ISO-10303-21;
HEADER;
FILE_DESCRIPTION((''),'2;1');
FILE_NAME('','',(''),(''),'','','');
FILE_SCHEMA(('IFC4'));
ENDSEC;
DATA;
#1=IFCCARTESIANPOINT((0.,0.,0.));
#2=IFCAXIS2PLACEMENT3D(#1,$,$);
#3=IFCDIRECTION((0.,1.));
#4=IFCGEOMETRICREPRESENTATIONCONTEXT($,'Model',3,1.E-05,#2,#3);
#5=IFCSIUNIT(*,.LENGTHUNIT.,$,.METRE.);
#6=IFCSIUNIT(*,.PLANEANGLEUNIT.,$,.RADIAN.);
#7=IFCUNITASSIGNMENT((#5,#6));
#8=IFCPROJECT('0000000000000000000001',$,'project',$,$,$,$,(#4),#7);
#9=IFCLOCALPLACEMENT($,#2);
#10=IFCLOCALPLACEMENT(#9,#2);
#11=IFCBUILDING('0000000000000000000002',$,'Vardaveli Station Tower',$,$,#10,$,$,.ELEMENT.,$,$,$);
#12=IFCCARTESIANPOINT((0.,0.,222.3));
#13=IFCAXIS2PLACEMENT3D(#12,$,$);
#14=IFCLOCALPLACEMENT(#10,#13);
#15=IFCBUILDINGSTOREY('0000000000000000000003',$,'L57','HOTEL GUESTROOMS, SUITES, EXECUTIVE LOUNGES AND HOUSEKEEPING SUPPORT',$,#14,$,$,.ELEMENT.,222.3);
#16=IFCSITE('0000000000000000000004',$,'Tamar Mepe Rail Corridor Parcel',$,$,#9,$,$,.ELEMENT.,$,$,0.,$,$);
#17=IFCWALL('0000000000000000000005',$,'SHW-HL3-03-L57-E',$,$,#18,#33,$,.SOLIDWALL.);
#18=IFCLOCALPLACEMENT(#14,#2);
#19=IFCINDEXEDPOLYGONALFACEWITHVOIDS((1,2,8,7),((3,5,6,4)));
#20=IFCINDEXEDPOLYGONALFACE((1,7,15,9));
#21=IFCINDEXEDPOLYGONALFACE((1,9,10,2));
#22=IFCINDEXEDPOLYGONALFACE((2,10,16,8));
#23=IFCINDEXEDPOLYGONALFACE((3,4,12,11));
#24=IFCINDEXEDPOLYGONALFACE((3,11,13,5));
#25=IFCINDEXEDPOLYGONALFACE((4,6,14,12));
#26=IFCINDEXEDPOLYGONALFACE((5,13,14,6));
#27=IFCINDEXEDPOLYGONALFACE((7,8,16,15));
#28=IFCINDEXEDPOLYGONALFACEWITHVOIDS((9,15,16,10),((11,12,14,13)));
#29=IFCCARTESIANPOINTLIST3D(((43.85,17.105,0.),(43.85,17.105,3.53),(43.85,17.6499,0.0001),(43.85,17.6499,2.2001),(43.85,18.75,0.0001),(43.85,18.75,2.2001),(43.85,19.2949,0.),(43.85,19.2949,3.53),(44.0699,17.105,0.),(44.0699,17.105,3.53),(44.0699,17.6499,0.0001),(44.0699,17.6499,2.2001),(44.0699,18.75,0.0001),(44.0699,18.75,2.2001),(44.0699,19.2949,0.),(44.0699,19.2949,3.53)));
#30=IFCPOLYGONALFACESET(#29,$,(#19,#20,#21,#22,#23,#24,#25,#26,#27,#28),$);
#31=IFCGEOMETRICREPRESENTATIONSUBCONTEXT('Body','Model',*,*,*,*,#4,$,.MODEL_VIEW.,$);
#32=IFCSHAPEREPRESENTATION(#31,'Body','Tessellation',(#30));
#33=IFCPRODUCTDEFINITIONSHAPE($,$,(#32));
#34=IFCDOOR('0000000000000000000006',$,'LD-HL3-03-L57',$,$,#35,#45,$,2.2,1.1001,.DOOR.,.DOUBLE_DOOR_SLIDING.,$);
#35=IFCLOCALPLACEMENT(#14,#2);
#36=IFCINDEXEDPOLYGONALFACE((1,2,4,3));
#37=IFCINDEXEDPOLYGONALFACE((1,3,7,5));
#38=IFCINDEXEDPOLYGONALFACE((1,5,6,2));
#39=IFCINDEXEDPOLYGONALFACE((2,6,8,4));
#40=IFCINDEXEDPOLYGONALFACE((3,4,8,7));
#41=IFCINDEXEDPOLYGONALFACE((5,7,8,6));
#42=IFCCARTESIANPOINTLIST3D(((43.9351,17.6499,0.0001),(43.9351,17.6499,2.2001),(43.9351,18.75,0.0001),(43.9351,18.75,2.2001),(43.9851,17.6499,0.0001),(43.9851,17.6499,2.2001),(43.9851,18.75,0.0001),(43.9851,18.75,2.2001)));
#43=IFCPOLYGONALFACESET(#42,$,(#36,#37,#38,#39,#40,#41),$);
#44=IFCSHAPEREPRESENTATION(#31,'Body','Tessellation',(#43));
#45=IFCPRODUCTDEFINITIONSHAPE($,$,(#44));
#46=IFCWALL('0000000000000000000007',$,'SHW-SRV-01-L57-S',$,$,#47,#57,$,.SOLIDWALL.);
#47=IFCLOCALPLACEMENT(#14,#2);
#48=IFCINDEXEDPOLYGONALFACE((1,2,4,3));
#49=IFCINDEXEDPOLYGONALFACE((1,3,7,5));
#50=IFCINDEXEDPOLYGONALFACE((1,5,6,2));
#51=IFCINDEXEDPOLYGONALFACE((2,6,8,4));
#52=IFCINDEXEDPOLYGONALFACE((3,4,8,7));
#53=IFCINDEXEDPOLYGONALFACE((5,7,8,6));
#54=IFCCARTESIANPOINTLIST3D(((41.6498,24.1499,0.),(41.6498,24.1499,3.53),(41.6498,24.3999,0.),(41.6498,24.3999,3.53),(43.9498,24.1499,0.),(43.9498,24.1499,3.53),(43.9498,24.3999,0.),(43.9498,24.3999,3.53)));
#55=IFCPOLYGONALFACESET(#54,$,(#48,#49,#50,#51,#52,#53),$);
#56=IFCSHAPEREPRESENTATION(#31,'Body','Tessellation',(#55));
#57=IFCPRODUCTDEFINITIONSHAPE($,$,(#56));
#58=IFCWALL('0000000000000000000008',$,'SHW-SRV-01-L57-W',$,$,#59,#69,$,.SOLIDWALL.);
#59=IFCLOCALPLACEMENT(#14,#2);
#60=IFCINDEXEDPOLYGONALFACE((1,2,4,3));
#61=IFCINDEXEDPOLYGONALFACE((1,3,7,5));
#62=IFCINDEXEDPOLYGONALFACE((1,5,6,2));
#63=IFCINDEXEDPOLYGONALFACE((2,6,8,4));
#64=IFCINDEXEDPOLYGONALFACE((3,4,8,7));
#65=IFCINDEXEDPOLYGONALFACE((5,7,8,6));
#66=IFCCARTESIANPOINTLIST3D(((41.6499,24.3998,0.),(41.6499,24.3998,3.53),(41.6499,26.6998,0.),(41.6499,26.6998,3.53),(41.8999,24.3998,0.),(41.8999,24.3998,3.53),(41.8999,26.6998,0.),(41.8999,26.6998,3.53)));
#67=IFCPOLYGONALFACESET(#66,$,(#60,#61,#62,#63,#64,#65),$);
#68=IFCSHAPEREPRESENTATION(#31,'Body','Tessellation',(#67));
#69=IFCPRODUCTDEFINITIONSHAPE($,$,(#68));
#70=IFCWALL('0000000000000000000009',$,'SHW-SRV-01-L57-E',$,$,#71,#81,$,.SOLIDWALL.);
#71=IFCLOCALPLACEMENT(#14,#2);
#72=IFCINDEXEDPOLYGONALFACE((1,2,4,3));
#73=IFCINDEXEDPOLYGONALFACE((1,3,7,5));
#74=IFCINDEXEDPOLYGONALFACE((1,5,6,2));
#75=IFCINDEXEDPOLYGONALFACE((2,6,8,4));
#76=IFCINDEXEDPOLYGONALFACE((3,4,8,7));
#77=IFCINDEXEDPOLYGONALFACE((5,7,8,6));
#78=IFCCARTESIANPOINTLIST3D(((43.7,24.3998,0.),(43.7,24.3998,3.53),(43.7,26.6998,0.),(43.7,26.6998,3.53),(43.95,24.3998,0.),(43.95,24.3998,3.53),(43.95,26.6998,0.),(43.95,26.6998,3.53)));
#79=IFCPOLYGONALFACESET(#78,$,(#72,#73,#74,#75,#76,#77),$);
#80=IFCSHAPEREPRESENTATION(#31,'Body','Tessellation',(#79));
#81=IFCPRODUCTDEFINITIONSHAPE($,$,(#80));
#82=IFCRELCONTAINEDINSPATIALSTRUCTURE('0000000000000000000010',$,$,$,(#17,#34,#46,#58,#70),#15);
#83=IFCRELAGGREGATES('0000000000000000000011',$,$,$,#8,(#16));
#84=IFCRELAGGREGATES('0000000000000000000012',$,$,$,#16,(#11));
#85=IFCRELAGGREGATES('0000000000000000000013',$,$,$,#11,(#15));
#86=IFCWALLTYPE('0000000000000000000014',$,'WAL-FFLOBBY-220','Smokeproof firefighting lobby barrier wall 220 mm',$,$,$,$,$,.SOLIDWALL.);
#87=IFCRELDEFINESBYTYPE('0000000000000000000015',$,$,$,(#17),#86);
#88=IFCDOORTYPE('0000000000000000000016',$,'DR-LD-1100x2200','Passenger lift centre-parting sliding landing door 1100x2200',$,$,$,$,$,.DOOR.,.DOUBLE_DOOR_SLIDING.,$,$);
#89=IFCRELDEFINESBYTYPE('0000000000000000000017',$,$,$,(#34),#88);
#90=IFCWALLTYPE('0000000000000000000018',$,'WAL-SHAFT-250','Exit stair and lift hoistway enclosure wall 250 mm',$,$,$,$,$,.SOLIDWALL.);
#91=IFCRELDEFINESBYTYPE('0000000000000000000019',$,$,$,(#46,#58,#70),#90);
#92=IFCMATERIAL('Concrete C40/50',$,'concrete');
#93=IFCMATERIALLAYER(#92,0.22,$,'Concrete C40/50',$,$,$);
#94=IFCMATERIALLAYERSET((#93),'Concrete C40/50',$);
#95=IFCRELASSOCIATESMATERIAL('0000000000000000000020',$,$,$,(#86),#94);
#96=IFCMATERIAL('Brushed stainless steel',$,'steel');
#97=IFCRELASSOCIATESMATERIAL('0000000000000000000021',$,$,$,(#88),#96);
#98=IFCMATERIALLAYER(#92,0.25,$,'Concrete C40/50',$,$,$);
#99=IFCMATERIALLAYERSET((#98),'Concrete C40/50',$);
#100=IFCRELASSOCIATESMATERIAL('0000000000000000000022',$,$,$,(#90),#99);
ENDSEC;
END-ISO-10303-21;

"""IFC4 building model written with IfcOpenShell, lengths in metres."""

from ifc_helpers import new_model, si_unit, direction, frame, frame_2d, origin, place, context, subcontext, project, spatial, rectangle, extrude, source, transform, mapped, material, layer, layer_set, type_object, element, fill, save


model = new_model("IFC4")

# Units and contexts
model_context = context("Model", 3, precision=1e-05, world=origin(), true_north=direction((0.0, 1.0)))
body_context = subcontext(model_context, "Body", "Model", "MODEL_VIEW")
ifc_project = project(units=[si_unit("LENGTHUNIT", "METRE"), si_unit("PLANEANGLEUNIT", "RADIAN")], contexts=[model_context])

# Site, building, storey
site_placement = place(None, origin())
site = spatial("IfcSite", under=ifc_project, at=site_placement, Name="Tamar Mepe Rail Corridor Parcel", CompositionType="ELEMENT", RefElevation=0.0)
building_placement = place(site_placement, origin())
building = spatial("IfcBuilding", under=site, at=building_placement, Name="Vardaveli Station Tower", CompositionType="ELEMENT")
storey_placement = place(building_placement, frame((0.0, 0.0, 222.3)))
storey = spatial("IfcBuildingStorey", under=building, at=storey_placement, Name="L57", Description="HOTEL GUESTROOMS, SUITES, EXECUTIVE LOUNGES AND HOUSEKEEPING SUPPORT", CompositionType="ELEMENT", Elevation=222.3)

# Shared definitions
ifc_material_1 = material(Name="Concrete C40/50", Category="concrete")
ifc_layer_1 = layer(ifc_material_1, 0.22, Name="Concrete C40/50")
ifc_layer_set_1 = layer_set([ifc_layer_1], Name="Concrete C40/50")
wall_type_1 = type_object("IfcWallType", Name="WAL-FFLOBBY-220", Description="Smokeproof firefighting lobby barrier wall 220 mm", PredefinedType="SOLIDWALL", material=ifc_layer_set_1)
shared_shape_1 = source(origin(), body_context, "Body", "SweptSolid", [
    extrude(rectangle(XDim=2.1899, YDim=0.22, at=frame_2d((1.095, 0.0))), origin(), (0.0, 0.0, 1.0), 3.53),
])

# Shared definitions
shared_shape_2 = source(origin(), body_context, "Body", "SweptSolid", [
    extrude(rectangle(XDim=1.1001, YDim=2.2, at=frame_2d((0.55, 1.1001))), frame((0.0, 0.1201, 0.0), z_axis=(0.0, -1.0, 0.0), x_axis=(1.0, 0.0, 0.0)), (0.0, 0.0, 1.0), 0.24),
])
ifc_material_2 = material(Name="Brushed stainless steel", Category="steel")
door_type = type_object("IfcDoorType", Name="DR-LD-1100x2200", Description="Passenger lift centre-parting sliding landing door 1100x2200", OperationType="DOUBLE_DOOR_SLIDING", PredefinedType="DOOR", material=ifc_material_2)
shared_shape_3 = source(origin(), body_context, "Body", "SweptSolid", [
    extrude(rectangle(XDim=1.1001, YDim=2.2, at=frame_2d((0.55, 1.1001))), frame((0.0, 0.0249, 0.0), z_axis=(0.0, -1.0, 0.0), x_axis=(1.0, 0.0, 0.0)), (0.0, 0.0, 1.0), 0.05),
])

# Wall, opening, door
wall_1_placement = place(storey_placement, frame((43.96, 17.105, 0.0), z_axis=(0.0, 0.0, 1.0), x_axis=(0.0, 1.0, 0.0)))
wall_1 = element("IfcWall", 1, at=wall_1_placement, inside=storey, type_object=wall_type_1, Name="SHW-HL3-03-L57-E", PredefinedType="SOLIDWALL", context=body_context, shape_type="MappedRepresentation", body=[
    mapped(shared_shape_1, transform((0.0, 0.0, 0.0), scale=1.0)),
])
opening_1_placement = place(wall_1_placement, frame((0.5449, 0.0, 0.0)))
opening_1 = element("IfcOpeningElement", 2, at=opening_1_placement, cuts=wall_1, PredefinedType="OPENING", context=body_context, shape_type="MappedRepresentation", body=[
    mapped(shared_shape_2, transform((0.0, 0.0, 0.0), scale=1.0)),
])
door_1_placement = place(opening_1_placement, origin())
door_1 = element("IfcDoor", 3, at=door_1_placement, inside=storey, type_object=door_type, Name="LD-HL3-03-L57", OperationType="DOUBLE_DOOR_SLIDING", OverallHeight=2.2, OverallWidth=1.1001, PredefinedType="DOOR", context=body_context, shape_type="MappedRepresentation", body=[
    mapped(shared_shape_3, transform((0.0, 0.0, 0.0), scale=1.0)),
])
fill(opening_1, door_1)

# Walls
ifc_layer_2 = layer(ifc_material_1, 0.25, Name="Concrete C40/50")
ifc_layer_set_2 = layer_set([ifc_layer_2], Name="Concrete C40/50")
wall_type_2 = type_object("IfcWallType", Name="WAL-SHAFT-250", Description="Exit stair and lift hoistway enclosure wall 250 mm", PredefinedType="SOLIDWALL", material=ifc_layer_set_2)
shared_shape_4 = source(origin(), body_context, "Body", "SweptSolid", [
    extrude(rectangle(XDim=2.3, YDim=0.25, at=frame_2d((1.1499, 0.0))), origin(), (0.0, 0.0, 1.0), 3.53),
])
for number, where, z_axis, x_axis, name in (
    (4, (41.6499, 24.2749, 0.0), (0.0, 0.0, 1.0), (1.0, 0.0, 0.0), "SHW-SRV-01-L57-S"),
    (5, (41.7749, 24.3999, 0.0), (0.0, 0.0, 1.0), (0.0, 1.0, 0.0), "SHW-SRV-01-L57-W"),
    (6, (43.825, 24.3999, 0.0), (0.0, 0.0, 1.0), (0.0, 1.0, 0.0), "SHW-SRV-01-L57-E"),
):
    element("IfcWall", number, at=place(storey_placement, frame(where, z_axis=z_axis, x_axis=x_axis)), inside=storey, type_object=wall_type_2, Name=name, PredefinedType="SOLIDWALL", context=body_context, shape_type="MappedRepresentation", body=[
        mapped(shared_shape_4, transform((0.0, 0.0, 0.0), scale=1.0)),
    ])

save(model, "model.ifc")
